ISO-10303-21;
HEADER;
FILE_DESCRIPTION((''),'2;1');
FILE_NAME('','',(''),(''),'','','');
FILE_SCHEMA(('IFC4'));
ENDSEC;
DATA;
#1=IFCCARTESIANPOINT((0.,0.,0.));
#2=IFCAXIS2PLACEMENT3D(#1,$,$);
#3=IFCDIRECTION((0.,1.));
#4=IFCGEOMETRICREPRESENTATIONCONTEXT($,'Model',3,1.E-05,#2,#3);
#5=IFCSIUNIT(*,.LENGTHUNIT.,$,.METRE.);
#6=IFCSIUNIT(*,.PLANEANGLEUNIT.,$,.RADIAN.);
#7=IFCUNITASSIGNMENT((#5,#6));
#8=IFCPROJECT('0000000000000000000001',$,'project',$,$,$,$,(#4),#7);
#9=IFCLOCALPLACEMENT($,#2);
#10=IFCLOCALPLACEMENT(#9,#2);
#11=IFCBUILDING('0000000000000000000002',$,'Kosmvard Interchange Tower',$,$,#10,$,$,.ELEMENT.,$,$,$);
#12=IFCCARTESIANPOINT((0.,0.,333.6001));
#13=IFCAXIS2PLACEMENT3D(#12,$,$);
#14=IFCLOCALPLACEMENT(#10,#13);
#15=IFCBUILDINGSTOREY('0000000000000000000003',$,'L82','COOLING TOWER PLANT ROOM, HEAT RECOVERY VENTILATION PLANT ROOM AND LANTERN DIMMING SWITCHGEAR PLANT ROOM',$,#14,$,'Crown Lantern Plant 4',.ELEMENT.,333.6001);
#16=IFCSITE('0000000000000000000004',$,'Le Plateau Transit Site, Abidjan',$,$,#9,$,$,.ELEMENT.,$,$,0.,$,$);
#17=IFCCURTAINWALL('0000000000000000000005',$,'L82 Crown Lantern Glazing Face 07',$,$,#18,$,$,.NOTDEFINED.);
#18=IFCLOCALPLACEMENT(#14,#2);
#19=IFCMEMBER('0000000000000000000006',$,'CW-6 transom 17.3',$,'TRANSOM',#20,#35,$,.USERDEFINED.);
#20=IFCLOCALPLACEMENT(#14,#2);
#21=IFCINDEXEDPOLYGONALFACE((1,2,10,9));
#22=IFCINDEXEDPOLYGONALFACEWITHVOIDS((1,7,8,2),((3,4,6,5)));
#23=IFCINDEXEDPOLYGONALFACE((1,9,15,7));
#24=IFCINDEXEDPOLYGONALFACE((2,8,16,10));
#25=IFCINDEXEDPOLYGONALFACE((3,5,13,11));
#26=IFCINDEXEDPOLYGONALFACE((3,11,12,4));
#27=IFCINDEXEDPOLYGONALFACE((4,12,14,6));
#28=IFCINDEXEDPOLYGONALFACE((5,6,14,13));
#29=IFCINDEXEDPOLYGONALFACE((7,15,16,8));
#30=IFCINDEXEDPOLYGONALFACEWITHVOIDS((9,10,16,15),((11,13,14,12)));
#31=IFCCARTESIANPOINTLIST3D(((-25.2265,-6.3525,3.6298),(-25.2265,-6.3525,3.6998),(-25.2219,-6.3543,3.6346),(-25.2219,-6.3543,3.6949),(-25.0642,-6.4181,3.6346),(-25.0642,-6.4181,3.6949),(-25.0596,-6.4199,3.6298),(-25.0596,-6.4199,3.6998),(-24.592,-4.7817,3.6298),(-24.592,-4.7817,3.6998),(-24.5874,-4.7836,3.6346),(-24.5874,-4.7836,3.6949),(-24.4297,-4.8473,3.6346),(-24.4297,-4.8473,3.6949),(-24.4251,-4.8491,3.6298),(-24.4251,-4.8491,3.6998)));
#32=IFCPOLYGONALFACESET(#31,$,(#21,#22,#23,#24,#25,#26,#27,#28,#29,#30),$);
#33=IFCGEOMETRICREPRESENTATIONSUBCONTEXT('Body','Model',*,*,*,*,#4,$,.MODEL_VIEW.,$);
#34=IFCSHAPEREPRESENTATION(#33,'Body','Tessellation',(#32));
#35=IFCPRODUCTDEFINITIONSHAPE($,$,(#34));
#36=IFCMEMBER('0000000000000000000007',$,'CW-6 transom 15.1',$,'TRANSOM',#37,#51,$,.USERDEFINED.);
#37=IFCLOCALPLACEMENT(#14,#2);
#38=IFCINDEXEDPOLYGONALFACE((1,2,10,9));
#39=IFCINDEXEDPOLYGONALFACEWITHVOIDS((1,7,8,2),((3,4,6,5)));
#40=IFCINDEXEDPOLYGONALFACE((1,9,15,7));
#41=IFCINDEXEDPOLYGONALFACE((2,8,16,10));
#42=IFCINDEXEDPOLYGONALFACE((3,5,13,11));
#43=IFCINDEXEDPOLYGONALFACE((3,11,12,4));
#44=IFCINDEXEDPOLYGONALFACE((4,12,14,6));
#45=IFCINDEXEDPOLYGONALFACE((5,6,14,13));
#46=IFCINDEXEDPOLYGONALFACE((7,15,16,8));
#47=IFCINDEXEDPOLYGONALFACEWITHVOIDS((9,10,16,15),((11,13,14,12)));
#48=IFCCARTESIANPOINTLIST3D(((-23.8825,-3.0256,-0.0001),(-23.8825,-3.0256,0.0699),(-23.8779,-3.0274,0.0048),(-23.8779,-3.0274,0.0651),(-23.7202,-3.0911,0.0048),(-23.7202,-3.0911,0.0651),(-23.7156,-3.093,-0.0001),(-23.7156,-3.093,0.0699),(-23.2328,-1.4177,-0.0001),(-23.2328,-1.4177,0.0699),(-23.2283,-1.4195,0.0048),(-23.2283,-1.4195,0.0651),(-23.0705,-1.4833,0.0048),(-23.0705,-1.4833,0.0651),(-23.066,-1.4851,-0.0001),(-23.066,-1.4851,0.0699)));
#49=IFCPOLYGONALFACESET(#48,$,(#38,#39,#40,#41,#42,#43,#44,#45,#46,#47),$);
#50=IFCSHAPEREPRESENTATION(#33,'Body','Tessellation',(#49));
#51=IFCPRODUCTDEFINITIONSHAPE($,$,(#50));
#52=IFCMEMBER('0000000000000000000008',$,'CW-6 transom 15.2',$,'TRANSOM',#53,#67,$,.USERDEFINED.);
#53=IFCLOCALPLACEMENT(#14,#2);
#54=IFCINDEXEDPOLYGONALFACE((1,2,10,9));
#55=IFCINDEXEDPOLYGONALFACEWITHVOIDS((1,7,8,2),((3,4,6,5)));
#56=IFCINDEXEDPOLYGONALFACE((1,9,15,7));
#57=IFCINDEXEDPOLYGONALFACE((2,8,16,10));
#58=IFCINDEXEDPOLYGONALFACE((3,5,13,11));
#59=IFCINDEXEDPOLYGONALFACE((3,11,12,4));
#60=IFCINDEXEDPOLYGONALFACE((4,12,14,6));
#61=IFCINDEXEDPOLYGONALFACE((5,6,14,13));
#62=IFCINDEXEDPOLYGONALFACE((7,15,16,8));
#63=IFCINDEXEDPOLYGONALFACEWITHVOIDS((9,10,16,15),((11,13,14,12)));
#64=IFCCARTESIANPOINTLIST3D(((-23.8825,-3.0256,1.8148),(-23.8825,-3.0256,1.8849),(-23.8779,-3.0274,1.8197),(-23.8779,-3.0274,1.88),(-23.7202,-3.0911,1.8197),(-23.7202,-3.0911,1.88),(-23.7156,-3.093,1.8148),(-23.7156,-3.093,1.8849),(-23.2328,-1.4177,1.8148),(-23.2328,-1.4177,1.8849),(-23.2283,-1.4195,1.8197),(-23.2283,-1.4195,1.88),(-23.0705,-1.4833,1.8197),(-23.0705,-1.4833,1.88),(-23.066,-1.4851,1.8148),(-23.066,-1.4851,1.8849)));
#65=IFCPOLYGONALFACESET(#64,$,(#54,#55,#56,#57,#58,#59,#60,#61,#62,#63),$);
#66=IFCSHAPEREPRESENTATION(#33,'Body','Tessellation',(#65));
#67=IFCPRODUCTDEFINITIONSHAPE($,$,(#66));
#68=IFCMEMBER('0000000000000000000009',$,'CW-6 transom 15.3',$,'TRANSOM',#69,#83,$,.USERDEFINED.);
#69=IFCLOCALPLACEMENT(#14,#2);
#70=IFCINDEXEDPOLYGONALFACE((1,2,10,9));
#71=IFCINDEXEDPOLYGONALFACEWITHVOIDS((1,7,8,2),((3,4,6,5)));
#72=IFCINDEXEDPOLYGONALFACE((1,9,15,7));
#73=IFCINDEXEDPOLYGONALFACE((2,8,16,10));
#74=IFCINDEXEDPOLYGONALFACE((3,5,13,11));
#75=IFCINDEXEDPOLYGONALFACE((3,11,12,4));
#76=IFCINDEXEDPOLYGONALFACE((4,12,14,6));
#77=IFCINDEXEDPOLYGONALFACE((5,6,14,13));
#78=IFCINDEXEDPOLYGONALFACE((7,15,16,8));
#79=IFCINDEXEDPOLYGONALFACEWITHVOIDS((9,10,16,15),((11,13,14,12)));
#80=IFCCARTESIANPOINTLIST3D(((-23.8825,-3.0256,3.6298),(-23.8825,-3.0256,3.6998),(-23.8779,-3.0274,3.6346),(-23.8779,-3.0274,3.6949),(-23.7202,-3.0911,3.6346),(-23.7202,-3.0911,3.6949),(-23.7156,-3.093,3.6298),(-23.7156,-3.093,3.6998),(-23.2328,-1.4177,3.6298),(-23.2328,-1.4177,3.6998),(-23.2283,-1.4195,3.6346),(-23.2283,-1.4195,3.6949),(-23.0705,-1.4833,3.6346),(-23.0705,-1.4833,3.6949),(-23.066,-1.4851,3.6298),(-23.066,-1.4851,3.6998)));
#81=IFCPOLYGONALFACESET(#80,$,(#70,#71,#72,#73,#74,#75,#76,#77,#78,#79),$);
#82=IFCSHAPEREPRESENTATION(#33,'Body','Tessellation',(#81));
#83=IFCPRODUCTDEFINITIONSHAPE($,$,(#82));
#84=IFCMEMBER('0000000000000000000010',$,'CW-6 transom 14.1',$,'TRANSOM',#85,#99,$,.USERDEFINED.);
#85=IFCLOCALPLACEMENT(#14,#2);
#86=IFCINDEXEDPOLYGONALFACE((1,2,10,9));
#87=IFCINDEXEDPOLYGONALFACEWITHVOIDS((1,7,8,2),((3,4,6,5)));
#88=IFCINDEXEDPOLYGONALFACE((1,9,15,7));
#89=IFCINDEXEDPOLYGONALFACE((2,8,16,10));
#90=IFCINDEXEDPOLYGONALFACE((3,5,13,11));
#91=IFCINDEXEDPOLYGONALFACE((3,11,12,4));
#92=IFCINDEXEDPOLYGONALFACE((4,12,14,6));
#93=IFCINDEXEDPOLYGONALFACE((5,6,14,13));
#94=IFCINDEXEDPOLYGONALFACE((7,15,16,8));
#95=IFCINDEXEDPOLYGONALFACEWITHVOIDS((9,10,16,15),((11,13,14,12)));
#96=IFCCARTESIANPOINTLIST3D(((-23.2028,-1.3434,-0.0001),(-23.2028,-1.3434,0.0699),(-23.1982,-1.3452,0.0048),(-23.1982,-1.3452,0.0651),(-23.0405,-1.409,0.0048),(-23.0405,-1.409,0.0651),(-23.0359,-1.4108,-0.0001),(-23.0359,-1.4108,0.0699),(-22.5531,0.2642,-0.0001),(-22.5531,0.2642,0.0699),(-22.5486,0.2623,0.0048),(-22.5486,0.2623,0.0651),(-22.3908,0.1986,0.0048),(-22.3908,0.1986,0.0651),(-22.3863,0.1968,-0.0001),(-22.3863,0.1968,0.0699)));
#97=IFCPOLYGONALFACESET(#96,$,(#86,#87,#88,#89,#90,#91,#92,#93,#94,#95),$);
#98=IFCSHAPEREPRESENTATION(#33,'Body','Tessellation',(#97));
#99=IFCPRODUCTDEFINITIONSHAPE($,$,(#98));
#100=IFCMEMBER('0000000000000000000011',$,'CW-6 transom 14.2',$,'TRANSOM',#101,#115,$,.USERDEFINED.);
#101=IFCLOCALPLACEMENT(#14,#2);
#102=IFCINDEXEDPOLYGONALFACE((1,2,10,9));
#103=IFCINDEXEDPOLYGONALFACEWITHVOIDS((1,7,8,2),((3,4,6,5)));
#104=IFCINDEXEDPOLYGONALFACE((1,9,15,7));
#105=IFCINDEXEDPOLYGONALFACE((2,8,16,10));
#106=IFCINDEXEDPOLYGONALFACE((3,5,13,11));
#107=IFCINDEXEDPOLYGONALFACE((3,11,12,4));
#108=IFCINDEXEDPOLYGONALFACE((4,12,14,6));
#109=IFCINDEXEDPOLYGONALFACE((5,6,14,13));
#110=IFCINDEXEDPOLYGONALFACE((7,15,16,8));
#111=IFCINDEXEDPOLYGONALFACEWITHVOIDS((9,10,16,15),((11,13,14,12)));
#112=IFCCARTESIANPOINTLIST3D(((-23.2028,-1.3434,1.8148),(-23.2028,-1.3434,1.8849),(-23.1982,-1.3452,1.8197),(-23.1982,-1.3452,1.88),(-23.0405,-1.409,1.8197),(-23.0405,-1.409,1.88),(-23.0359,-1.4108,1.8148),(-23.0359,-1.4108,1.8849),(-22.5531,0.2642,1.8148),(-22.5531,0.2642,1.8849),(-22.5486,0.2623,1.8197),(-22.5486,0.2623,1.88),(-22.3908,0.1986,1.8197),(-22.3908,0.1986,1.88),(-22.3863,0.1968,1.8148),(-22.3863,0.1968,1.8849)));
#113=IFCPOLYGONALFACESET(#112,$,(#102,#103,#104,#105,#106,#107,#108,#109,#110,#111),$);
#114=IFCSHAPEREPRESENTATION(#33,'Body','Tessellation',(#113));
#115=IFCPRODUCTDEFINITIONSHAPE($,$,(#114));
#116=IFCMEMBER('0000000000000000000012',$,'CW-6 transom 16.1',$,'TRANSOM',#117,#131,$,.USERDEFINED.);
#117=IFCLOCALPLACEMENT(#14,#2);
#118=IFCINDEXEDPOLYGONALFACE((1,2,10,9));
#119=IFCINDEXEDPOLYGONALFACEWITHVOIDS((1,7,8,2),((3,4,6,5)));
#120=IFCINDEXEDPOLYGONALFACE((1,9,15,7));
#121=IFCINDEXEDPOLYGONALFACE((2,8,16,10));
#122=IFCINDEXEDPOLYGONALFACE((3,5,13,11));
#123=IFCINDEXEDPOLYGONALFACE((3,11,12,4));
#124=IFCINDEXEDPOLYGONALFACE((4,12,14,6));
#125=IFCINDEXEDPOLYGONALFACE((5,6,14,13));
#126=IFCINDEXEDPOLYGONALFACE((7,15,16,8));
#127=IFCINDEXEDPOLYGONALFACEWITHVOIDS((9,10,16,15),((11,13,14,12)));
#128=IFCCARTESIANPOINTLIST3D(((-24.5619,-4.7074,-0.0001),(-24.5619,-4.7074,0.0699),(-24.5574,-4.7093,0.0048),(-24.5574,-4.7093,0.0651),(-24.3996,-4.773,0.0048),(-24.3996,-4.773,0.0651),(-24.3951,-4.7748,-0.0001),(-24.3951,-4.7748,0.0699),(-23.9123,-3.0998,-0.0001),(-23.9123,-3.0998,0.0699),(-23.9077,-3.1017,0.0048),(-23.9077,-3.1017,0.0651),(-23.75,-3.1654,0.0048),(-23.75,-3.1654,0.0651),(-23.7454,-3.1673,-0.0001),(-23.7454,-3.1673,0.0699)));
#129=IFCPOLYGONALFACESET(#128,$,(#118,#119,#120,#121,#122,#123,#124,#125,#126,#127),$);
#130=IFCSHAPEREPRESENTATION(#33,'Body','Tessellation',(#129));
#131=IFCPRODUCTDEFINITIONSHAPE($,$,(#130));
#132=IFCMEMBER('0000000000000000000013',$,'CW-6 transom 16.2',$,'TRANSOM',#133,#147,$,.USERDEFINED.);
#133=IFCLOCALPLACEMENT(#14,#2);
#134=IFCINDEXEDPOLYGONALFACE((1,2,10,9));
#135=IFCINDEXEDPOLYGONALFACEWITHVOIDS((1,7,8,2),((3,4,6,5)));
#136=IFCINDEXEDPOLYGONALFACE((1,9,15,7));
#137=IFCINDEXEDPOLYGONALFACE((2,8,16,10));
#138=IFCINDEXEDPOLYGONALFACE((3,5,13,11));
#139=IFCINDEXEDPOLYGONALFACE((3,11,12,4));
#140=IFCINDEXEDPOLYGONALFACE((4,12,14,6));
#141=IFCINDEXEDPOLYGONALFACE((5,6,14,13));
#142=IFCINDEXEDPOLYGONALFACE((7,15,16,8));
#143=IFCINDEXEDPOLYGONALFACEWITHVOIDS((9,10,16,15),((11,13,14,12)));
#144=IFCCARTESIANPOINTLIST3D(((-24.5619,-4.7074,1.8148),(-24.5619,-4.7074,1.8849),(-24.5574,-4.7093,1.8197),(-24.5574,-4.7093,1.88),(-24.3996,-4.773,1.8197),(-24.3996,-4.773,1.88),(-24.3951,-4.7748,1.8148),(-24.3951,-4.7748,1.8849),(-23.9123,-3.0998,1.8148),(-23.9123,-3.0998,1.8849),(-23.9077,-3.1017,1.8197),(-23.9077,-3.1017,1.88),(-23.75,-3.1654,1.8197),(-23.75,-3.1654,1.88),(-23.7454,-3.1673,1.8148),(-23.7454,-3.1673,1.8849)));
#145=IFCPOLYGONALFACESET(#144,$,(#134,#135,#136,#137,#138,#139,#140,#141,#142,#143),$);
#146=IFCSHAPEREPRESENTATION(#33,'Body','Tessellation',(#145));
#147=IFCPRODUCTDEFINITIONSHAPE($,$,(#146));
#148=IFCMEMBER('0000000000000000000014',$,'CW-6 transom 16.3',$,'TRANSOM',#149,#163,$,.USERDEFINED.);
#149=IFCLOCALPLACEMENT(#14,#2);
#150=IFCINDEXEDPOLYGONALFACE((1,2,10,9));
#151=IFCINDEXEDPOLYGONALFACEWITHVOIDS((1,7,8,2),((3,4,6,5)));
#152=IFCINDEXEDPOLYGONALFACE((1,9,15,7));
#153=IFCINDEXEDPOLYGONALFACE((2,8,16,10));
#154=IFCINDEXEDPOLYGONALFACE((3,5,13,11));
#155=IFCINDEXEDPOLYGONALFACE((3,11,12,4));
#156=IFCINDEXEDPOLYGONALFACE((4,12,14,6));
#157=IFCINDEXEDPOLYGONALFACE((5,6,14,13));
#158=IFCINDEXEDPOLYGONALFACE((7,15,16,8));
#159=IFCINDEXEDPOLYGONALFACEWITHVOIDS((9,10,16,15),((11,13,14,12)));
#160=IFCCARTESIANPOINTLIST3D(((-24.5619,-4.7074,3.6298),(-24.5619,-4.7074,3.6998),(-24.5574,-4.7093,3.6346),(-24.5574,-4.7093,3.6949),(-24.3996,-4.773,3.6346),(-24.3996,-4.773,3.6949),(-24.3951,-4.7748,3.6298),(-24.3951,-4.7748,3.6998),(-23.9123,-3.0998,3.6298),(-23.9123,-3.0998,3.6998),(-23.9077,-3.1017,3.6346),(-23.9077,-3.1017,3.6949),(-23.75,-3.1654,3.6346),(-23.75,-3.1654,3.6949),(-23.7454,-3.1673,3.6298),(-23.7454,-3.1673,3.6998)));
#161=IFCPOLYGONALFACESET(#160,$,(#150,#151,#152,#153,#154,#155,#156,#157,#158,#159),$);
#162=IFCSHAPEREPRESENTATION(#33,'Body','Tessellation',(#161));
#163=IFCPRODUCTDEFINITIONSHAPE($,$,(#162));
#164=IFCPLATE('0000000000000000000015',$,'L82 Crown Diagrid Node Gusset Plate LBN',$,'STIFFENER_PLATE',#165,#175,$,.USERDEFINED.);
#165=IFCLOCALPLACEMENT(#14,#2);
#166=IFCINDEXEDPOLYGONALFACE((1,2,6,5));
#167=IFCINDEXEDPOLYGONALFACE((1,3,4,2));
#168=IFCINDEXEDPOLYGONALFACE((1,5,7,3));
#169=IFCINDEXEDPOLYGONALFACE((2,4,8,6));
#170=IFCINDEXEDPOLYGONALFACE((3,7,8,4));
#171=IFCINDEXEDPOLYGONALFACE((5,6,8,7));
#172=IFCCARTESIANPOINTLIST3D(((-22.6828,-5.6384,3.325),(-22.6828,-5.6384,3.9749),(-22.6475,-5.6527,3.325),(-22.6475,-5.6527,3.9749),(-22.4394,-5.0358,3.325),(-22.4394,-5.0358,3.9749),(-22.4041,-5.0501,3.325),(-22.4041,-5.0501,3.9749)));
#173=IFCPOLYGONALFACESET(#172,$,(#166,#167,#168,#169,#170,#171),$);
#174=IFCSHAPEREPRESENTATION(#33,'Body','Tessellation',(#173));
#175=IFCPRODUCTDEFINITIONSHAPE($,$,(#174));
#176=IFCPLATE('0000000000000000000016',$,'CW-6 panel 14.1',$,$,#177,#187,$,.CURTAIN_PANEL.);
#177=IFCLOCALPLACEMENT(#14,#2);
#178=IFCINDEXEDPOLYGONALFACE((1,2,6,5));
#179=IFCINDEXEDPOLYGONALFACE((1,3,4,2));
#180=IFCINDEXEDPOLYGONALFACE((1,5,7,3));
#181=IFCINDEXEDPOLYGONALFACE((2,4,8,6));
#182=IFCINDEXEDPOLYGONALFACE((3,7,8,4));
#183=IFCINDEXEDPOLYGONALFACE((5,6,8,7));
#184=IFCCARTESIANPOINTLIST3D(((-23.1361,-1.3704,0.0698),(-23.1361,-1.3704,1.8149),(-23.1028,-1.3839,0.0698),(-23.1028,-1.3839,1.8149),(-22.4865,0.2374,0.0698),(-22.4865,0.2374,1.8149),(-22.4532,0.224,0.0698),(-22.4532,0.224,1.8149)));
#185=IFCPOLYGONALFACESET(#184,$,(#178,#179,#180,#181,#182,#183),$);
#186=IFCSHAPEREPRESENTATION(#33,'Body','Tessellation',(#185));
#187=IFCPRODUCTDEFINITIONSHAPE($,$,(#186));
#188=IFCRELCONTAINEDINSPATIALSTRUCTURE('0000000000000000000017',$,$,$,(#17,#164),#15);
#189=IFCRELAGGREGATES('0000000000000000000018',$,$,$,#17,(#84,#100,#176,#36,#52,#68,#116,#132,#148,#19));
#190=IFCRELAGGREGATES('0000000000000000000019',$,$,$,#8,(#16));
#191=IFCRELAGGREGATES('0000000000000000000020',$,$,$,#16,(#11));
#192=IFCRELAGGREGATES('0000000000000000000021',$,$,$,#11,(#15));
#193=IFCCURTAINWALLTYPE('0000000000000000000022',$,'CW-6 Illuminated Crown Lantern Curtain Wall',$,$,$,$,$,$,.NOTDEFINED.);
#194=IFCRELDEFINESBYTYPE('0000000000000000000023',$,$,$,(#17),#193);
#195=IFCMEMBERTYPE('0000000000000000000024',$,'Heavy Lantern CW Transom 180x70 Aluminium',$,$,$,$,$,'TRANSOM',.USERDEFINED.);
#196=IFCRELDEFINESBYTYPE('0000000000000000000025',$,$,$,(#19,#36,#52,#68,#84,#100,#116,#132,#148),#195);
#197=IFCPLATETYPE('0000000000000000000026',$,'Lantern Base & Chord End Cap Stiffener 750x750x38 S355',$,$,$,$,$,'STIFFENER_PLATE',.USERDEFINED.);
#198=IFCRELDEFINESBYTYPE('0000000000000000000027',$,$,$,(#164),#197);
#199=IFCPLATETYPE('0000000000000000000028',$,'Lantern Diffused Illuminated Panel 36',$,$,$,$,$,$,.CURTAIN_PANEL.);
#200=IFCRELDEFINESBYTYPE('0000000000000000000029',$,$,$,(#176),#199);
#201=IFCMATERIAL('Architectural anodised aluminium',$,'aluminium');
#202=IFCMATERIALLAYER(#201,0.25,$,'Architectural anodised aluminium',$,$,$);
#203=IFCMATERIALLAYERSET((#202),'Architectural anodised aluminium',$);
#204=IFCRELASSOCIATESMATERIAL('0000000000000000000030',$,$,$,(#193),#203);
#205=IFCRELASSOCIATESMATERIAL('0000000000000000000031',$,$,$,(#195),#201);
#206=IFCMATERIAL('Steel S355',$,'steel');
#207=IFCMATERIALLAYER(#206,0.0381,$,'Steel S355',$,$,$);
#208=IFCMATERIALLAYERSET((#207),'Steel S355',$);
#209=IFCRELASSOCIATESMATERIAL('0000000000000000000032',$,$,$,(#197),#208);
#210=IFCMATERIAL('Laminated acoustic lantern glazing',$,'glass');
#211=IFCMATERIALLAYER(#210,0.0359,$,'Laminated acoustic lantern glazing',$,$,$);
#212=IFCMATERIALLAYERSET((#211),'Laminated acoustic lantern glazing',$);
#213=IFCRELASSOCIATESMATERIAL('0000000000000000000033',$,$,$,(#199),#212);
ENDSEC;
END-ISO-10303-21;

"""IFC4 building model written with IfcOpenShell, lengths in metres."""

from ifc_helpers import new_model, si_unit, direction, frame, origin, origin_2d, place, context, subcontext, project, spatial, rectangle, hollow_rectangle, extrude, source, transform, mapped, material, layer, layer_set, material_profile, profile_set, type_object, element, aggregate, save


model = new_model("IFC4")

# Units and contexts
model_context = context("Model", 3, precision=1e-05, world=origin(), true_north=direction((0.0, 1.0)))
body_context = subcontext(model_context, "Body", "Model", "MODEL_VIEW")
ifc_project = project(units=[si_unit("LENGTHUNIT", "METRE"), si_unit("PLANEANGLEUNIT", "RADIAN")], contexts=[model_context])

# Site, building, storey
site_placement = place(None, origin())
site = spatial("IfcSite", under=ifc_project, at=site_placement, Name="Le Plateau Transit Site, Abidjan", CompositionType="ELEMENT", RefElevation=0.0)
building_placement = place(site_placement, origin())
building = spatial("IfcBuilding", under=site, at=building_placement, Name="Kosmvard Interchange Tower", CompositionType="ELEMENT")
storey_placement = place(building_placement, frame((0.0, 0.0, 333.6001)))
storey = spatial("IfcBuildingStorey", under=building, at=storey_placement, Name="L82", Description="COOLING TOWER PLANT ROOM, HEAT RECOVERY VENTILATION PLANT ROOM AND LANTERN DIMMING SWITCHGEAR PLANT ROOM", LongName="Crown Lantern Plant 4", CompositionType="ELEMENT", Elevation=333.6001)

# Shared definitions
ifc_material_1 = material(Name="Steel S355", Category="steel")

# Curtain wall, members
ifc_material_2 = material(Name="Architectural anodised aluminium", Category="aluminium")
ifc_layer_1 = layer(ifc_material_2, 0.25, Name="Architectural anodised aluminium")
ifc_layer_set_1 = layer_set([ifc_layer_1], Name="Architectural anodised aluminium")
curtain_wall_type = type_object("IfcCurtainWallType", Name="CW-6 Illuminated Crown Lantern Curtain Wall", PredefinedType="NOTDEFINED", material=ifc_layer_set_1)
curtain_wall_placement = place(storey_placement, origin())
curtain_wall = element("IfcCurtainWall", 1, at=curtain_wall_placement, inside=storey, type_object=curtain_wall_type, Name="L82 Crown Lantern Glazing Face 07", PredefinedType="NOTDEFINED")
ifc_material_profile_1 = material_profile(ifc_material_2, hollow_rectangle(XDim=0.1799, YDim=0.0701, WallThickness=0.0049, at=origin_2d()), Name="CWT 180x70x5")
ifc_profile_set_1 = profile_set([ifc_material_profile_1], Name="Architectural anodised aluminium")
member_type_1 = type_object("IfcMemberType", Name="Heavy Lantern CW Transom 180x70 Aluminium", ElementType="TRANSOM", PredefinedType="USERDEFINED", material=ifc_profile_set_1)
shared_shape_1 = source(origin(), body_context, "Body", "SweptSolid", [
    extrude(hollow_rectangle(XDim=0.1799, YDim=0.0701, WallThickness=0.0049, at=origin_2d()), origin(), (0.0, 0.0, 1.0), 1.6941),
])
member_1_placement = place(storey_placement, frame((-24.5085, -4.8154, 3.6648), z_axis=(-0.374544, -0.927209, 0.0), x_axis=(0.927209, -0.374544, 0.0)))
member_1 = element("IfcMember", 2, at=member_1_placement, type_object=member_type_1, Name="CW-6 transom 17.3", ObjectType="TRANSOM", PredefinedType="USERDEFINED", context=body_context, shape_type="MappedRepresentation", body=[
    mapped(shared_shape_1, transform((0.0, 0.0, 0.0), scale=1.0)),
])
shared_shape_2 = source(origin(), body_context, "Body", "SweptSolid", [
    extrude(hollow_rectangle(XDim=0.1799, YDim=0.0701, WallThickness=0.0049, at=origin_2d()), origin(), (0.0, 0.0, 1.0), 1.7341),
])
member_2_placement = place(storey_placement, frame((-23.1494, -1.4514, 0.0349), z_axis=(-0.374617, -0.92718, 0.0), x_axis=(0.92718, -0.374617, 0.0)))
member_2 = element("IfcMember", 3, at=member_2_placement, type_object=member_type_1, Name="CW-6 transom 15.1", ObjectType="TRANSOM", PredefinedType="USERDEFINED", context=body_context, shape_type="MappedRepresentation", body=[
    mapped(shared_shape_2, transform((0.0, 0.0, 0.0), scale=1.0)),
])
member_3_placement = place(storey_placement, frame((-23.1494, -1.4514, 1.8499), z_axis=(-0.374617, -0.92718, 0.0), x_axis=(0.92718, -0.374617, 0.0)))
member_3 = element("IfcMember", 4, at=member_3_placement, type_object=member_type_1, Name="CW-6 transom 15.2", ObjectType="TRANSOM", PredefinedType="USERDEFINED", context=body_context, shape_type="MappedRepresentation", body=[
    mapped(shared_shape_2, transform((0.0, 0.0, 0.0), scale=1.0)),
])
member_4_placement = place(storey_placement, frame((-23.1494, -1.4514, 3.6648), z_axis=(-0.374617, -0.92718, 0.0), x_axis=(0.92718, -0.374617, 0.0)))
member_4 = element("IfcMember", 5, at=member_4_placement, type_object=member_type_1, Name="CW-6 transom 15.3", ObjectType="TRANSOM", PredefinedType="USERDEFINED", context=body_context, shape_type="MappedRepresentation", body=[
    mapped(shared_shape_2, transform((0.0, 0.0, 0.0), scale=1.0)),
])
shared_shape_3 = source(origin(), body_context, "Body", "SweptSolid", [
    extrude(hollow_rectangle(XDim=0.1799, YDim=0.0701, WallThickness=0.0049, at=origin_2d()), origin(), (0.0, 0.0, 1.0), 1.7339),
])
member_5_placement = place(storey_placement, frame((-22.4697, 0.2305, 0.0349), z_axis=(-0.374666, -0.92716, 0.0), x_axis=(0.92716, -0.374666, 0.0)))
member_5 = element("IfcMember", 6, at=member_5_placement, type_object=member_type_1, Name="CW-6 transom 14.1", ObjectType="TRANSOM", PredefinedType="USERDEFINED", context=body_context, shape_type="MappedRepresentation", body=[
    mapped(shared_shape_3, transform((0.0, 0.0, 0.0), scale=1.0)),
])
member_6_placement = place(storey_placement, frame((-22.4697, 0.2305, 1.8499), z_axis=(-0.374666, -0.92716, 0.0), x_axis=(0.92716, -0.374666, 0.0)))
member_6 = element("IfcMember", 7, at=member_6_placement, type_object=member_type_1, Name="CW-6 transom 14.2", ObjectType="TRANSOM", PredefinedType="USERDEFINED", context=body_context, shape_type="MappedRepresentation", body=[
    mapped(shared_shape_3, transform((0.0, 0.0, 0.0), scale=1.0)),
])
member_7_placement = place(storey_placement, frame((-23.8289, -3.1335, 0.0349), z_axis=(-0.374666, -0.92716, 0.0), x_axis=(0.92716, -0.374666, 0.0)))
member_7 = element("IfcMember", 8, at=member_7_placement, type_object=member_type_1, Name="CW-6 transom 16.1", ObjectType="TRANSOM", PredefinedType="USERDEFINED", context=body_context, shape_type="MappedRepresentation", body=[
    mapped(shared_shape_3, transform((0.0, 0.0, 0.0), scale=1.0)),
])
member_8_placement = place(storey_placement, frame((-23.8289, -3.1335, 1.8499), z_axis=(-0.374666, -0.92716, 0.0), x_axis=(0.92716, -0.374666, 0.0)))
member_8 = element("IfcMember", 9, at=member_8_placement, type_object=member_type_1, Name="CW-6 transom 16.2", ObjectType="TRANSOM", PredefinedType="USERDEFINED", context=body_context, shape_type="MappedRepresentation", body=[
    mapped(shared_shape_3, transform((0.0, 0.0, 0.0), scale=1.0)),
])
member_9_placement = place(storey_placement, frame((-23.8289, -3.1335, 3.6648), z_axis=(-0.374666, -0.92716, 0.0), x_axis=(0.92716, -0.374666, 0.0)))
member_9 = element("IfcMember", 10, at=member_9_placement, type_object=member_type_1, Name="CW-6 transom 16.3", ObjectType="TRANSOM", PredefinedType="USERDEFINED", context=body_context, shape_type="MappedRepresentation", body=[
    mapped(shared_shape_3, transform((0.0, 0.0, 0.0), scale=1.0)),
])

# Plates
ifc_layer_2 = layer(ifc_material_1, 0.0381, Name="Steel S355")
ifc_layer_set_2 = layer_set([ifc_layer_2], Name="Steel S355")
plate_type_1 = type_object("IfcPlateType", Name="Lantern Base & Chord End Cap Stiffener 750x750x38 S355", ElementType="STIFFENER_PLATE", PredefinedType="USERDEFINED", material=ifc_layer_set_2)
shared_shape_4 = source(origin(), body_context, "Body", "SweptSolid", [
    extrude(rectangle(XDim=0.6499, YDim=0.0381, at=origin_2d()), origin(), (0.0, 0.0, 1.0), 0.6499),
])
plate_1_placement = place(storey_placement, frame((-22.5435, -5.3442, 3.325), z_axis=(0.0, 0.0, 1.0), x_axis=(0.374607, 0.927184, 0.0)))
element("IfcPlate", 11, at=plate_1_placement, inside=storey, type_object=plate_type_1, Name="L82 Crown Diagrid Node Gusset Plate LBN", ObjectType="STIFFENER_PLATE", PredefinedType="USERDEFINED", context=body_context, shape_type="MappedRepresentation", body=[
    mapped(shared_shape_4, transform((0.0, 0.0, 0.0), scale=1.0)),
])
ifc_material_3 = material(Name="Laminated acoustic lantern glazing", Category="glass")
ifc_layer_3 = layer(ifc_material_3, 0.0359, Name="Laminated acoustic lantern glazing")
ifc_layer_set_3 = layer_set([ifc_layer_3], Name="Laminated acoustic lantern glazing")
plate_type_2 = type_object("IfcPlateType", Name="Lantern Diffused Illuminated Panel 36", PredefinedType="CURTAIN_PANEL", material=ifc_layer_set_3)
shared_shape_5 = source(origin(), body_context, "Body", "SweptSolid", [
    extrude(rectangle(XDim=1.7341, YDim=0.0359, at=origin_2d()), origin(), (0.0, 0.0, 1.0), 1.7451),
])
plate_2_placement = place(storey_placement, frame((-22.7947, -0.5732, 0.0698), z_axis=(0.0, 0.0, 1.0), x_axis=(-0.374607, -0.927184, 0.0)))
plate_2 = element("IfcPlate", 12, at=plate_2_placement, type_object=plate_type_2, Name="CW-6 panel 14.1", PredefinedType="CURTAIN_PANEL", context=body_context, shape_type="MappedRepresentation", body=[
    mapped(shared_shape_5, transform((0.0, 0.0, 0.0), scale=1.0)),
])
aggregate(curtain_wall, [member_5, member_6, plate_2, member_2, member_3, member_4, member_7, member_8, member_9, member_1])

save(model, "model.ifc")
